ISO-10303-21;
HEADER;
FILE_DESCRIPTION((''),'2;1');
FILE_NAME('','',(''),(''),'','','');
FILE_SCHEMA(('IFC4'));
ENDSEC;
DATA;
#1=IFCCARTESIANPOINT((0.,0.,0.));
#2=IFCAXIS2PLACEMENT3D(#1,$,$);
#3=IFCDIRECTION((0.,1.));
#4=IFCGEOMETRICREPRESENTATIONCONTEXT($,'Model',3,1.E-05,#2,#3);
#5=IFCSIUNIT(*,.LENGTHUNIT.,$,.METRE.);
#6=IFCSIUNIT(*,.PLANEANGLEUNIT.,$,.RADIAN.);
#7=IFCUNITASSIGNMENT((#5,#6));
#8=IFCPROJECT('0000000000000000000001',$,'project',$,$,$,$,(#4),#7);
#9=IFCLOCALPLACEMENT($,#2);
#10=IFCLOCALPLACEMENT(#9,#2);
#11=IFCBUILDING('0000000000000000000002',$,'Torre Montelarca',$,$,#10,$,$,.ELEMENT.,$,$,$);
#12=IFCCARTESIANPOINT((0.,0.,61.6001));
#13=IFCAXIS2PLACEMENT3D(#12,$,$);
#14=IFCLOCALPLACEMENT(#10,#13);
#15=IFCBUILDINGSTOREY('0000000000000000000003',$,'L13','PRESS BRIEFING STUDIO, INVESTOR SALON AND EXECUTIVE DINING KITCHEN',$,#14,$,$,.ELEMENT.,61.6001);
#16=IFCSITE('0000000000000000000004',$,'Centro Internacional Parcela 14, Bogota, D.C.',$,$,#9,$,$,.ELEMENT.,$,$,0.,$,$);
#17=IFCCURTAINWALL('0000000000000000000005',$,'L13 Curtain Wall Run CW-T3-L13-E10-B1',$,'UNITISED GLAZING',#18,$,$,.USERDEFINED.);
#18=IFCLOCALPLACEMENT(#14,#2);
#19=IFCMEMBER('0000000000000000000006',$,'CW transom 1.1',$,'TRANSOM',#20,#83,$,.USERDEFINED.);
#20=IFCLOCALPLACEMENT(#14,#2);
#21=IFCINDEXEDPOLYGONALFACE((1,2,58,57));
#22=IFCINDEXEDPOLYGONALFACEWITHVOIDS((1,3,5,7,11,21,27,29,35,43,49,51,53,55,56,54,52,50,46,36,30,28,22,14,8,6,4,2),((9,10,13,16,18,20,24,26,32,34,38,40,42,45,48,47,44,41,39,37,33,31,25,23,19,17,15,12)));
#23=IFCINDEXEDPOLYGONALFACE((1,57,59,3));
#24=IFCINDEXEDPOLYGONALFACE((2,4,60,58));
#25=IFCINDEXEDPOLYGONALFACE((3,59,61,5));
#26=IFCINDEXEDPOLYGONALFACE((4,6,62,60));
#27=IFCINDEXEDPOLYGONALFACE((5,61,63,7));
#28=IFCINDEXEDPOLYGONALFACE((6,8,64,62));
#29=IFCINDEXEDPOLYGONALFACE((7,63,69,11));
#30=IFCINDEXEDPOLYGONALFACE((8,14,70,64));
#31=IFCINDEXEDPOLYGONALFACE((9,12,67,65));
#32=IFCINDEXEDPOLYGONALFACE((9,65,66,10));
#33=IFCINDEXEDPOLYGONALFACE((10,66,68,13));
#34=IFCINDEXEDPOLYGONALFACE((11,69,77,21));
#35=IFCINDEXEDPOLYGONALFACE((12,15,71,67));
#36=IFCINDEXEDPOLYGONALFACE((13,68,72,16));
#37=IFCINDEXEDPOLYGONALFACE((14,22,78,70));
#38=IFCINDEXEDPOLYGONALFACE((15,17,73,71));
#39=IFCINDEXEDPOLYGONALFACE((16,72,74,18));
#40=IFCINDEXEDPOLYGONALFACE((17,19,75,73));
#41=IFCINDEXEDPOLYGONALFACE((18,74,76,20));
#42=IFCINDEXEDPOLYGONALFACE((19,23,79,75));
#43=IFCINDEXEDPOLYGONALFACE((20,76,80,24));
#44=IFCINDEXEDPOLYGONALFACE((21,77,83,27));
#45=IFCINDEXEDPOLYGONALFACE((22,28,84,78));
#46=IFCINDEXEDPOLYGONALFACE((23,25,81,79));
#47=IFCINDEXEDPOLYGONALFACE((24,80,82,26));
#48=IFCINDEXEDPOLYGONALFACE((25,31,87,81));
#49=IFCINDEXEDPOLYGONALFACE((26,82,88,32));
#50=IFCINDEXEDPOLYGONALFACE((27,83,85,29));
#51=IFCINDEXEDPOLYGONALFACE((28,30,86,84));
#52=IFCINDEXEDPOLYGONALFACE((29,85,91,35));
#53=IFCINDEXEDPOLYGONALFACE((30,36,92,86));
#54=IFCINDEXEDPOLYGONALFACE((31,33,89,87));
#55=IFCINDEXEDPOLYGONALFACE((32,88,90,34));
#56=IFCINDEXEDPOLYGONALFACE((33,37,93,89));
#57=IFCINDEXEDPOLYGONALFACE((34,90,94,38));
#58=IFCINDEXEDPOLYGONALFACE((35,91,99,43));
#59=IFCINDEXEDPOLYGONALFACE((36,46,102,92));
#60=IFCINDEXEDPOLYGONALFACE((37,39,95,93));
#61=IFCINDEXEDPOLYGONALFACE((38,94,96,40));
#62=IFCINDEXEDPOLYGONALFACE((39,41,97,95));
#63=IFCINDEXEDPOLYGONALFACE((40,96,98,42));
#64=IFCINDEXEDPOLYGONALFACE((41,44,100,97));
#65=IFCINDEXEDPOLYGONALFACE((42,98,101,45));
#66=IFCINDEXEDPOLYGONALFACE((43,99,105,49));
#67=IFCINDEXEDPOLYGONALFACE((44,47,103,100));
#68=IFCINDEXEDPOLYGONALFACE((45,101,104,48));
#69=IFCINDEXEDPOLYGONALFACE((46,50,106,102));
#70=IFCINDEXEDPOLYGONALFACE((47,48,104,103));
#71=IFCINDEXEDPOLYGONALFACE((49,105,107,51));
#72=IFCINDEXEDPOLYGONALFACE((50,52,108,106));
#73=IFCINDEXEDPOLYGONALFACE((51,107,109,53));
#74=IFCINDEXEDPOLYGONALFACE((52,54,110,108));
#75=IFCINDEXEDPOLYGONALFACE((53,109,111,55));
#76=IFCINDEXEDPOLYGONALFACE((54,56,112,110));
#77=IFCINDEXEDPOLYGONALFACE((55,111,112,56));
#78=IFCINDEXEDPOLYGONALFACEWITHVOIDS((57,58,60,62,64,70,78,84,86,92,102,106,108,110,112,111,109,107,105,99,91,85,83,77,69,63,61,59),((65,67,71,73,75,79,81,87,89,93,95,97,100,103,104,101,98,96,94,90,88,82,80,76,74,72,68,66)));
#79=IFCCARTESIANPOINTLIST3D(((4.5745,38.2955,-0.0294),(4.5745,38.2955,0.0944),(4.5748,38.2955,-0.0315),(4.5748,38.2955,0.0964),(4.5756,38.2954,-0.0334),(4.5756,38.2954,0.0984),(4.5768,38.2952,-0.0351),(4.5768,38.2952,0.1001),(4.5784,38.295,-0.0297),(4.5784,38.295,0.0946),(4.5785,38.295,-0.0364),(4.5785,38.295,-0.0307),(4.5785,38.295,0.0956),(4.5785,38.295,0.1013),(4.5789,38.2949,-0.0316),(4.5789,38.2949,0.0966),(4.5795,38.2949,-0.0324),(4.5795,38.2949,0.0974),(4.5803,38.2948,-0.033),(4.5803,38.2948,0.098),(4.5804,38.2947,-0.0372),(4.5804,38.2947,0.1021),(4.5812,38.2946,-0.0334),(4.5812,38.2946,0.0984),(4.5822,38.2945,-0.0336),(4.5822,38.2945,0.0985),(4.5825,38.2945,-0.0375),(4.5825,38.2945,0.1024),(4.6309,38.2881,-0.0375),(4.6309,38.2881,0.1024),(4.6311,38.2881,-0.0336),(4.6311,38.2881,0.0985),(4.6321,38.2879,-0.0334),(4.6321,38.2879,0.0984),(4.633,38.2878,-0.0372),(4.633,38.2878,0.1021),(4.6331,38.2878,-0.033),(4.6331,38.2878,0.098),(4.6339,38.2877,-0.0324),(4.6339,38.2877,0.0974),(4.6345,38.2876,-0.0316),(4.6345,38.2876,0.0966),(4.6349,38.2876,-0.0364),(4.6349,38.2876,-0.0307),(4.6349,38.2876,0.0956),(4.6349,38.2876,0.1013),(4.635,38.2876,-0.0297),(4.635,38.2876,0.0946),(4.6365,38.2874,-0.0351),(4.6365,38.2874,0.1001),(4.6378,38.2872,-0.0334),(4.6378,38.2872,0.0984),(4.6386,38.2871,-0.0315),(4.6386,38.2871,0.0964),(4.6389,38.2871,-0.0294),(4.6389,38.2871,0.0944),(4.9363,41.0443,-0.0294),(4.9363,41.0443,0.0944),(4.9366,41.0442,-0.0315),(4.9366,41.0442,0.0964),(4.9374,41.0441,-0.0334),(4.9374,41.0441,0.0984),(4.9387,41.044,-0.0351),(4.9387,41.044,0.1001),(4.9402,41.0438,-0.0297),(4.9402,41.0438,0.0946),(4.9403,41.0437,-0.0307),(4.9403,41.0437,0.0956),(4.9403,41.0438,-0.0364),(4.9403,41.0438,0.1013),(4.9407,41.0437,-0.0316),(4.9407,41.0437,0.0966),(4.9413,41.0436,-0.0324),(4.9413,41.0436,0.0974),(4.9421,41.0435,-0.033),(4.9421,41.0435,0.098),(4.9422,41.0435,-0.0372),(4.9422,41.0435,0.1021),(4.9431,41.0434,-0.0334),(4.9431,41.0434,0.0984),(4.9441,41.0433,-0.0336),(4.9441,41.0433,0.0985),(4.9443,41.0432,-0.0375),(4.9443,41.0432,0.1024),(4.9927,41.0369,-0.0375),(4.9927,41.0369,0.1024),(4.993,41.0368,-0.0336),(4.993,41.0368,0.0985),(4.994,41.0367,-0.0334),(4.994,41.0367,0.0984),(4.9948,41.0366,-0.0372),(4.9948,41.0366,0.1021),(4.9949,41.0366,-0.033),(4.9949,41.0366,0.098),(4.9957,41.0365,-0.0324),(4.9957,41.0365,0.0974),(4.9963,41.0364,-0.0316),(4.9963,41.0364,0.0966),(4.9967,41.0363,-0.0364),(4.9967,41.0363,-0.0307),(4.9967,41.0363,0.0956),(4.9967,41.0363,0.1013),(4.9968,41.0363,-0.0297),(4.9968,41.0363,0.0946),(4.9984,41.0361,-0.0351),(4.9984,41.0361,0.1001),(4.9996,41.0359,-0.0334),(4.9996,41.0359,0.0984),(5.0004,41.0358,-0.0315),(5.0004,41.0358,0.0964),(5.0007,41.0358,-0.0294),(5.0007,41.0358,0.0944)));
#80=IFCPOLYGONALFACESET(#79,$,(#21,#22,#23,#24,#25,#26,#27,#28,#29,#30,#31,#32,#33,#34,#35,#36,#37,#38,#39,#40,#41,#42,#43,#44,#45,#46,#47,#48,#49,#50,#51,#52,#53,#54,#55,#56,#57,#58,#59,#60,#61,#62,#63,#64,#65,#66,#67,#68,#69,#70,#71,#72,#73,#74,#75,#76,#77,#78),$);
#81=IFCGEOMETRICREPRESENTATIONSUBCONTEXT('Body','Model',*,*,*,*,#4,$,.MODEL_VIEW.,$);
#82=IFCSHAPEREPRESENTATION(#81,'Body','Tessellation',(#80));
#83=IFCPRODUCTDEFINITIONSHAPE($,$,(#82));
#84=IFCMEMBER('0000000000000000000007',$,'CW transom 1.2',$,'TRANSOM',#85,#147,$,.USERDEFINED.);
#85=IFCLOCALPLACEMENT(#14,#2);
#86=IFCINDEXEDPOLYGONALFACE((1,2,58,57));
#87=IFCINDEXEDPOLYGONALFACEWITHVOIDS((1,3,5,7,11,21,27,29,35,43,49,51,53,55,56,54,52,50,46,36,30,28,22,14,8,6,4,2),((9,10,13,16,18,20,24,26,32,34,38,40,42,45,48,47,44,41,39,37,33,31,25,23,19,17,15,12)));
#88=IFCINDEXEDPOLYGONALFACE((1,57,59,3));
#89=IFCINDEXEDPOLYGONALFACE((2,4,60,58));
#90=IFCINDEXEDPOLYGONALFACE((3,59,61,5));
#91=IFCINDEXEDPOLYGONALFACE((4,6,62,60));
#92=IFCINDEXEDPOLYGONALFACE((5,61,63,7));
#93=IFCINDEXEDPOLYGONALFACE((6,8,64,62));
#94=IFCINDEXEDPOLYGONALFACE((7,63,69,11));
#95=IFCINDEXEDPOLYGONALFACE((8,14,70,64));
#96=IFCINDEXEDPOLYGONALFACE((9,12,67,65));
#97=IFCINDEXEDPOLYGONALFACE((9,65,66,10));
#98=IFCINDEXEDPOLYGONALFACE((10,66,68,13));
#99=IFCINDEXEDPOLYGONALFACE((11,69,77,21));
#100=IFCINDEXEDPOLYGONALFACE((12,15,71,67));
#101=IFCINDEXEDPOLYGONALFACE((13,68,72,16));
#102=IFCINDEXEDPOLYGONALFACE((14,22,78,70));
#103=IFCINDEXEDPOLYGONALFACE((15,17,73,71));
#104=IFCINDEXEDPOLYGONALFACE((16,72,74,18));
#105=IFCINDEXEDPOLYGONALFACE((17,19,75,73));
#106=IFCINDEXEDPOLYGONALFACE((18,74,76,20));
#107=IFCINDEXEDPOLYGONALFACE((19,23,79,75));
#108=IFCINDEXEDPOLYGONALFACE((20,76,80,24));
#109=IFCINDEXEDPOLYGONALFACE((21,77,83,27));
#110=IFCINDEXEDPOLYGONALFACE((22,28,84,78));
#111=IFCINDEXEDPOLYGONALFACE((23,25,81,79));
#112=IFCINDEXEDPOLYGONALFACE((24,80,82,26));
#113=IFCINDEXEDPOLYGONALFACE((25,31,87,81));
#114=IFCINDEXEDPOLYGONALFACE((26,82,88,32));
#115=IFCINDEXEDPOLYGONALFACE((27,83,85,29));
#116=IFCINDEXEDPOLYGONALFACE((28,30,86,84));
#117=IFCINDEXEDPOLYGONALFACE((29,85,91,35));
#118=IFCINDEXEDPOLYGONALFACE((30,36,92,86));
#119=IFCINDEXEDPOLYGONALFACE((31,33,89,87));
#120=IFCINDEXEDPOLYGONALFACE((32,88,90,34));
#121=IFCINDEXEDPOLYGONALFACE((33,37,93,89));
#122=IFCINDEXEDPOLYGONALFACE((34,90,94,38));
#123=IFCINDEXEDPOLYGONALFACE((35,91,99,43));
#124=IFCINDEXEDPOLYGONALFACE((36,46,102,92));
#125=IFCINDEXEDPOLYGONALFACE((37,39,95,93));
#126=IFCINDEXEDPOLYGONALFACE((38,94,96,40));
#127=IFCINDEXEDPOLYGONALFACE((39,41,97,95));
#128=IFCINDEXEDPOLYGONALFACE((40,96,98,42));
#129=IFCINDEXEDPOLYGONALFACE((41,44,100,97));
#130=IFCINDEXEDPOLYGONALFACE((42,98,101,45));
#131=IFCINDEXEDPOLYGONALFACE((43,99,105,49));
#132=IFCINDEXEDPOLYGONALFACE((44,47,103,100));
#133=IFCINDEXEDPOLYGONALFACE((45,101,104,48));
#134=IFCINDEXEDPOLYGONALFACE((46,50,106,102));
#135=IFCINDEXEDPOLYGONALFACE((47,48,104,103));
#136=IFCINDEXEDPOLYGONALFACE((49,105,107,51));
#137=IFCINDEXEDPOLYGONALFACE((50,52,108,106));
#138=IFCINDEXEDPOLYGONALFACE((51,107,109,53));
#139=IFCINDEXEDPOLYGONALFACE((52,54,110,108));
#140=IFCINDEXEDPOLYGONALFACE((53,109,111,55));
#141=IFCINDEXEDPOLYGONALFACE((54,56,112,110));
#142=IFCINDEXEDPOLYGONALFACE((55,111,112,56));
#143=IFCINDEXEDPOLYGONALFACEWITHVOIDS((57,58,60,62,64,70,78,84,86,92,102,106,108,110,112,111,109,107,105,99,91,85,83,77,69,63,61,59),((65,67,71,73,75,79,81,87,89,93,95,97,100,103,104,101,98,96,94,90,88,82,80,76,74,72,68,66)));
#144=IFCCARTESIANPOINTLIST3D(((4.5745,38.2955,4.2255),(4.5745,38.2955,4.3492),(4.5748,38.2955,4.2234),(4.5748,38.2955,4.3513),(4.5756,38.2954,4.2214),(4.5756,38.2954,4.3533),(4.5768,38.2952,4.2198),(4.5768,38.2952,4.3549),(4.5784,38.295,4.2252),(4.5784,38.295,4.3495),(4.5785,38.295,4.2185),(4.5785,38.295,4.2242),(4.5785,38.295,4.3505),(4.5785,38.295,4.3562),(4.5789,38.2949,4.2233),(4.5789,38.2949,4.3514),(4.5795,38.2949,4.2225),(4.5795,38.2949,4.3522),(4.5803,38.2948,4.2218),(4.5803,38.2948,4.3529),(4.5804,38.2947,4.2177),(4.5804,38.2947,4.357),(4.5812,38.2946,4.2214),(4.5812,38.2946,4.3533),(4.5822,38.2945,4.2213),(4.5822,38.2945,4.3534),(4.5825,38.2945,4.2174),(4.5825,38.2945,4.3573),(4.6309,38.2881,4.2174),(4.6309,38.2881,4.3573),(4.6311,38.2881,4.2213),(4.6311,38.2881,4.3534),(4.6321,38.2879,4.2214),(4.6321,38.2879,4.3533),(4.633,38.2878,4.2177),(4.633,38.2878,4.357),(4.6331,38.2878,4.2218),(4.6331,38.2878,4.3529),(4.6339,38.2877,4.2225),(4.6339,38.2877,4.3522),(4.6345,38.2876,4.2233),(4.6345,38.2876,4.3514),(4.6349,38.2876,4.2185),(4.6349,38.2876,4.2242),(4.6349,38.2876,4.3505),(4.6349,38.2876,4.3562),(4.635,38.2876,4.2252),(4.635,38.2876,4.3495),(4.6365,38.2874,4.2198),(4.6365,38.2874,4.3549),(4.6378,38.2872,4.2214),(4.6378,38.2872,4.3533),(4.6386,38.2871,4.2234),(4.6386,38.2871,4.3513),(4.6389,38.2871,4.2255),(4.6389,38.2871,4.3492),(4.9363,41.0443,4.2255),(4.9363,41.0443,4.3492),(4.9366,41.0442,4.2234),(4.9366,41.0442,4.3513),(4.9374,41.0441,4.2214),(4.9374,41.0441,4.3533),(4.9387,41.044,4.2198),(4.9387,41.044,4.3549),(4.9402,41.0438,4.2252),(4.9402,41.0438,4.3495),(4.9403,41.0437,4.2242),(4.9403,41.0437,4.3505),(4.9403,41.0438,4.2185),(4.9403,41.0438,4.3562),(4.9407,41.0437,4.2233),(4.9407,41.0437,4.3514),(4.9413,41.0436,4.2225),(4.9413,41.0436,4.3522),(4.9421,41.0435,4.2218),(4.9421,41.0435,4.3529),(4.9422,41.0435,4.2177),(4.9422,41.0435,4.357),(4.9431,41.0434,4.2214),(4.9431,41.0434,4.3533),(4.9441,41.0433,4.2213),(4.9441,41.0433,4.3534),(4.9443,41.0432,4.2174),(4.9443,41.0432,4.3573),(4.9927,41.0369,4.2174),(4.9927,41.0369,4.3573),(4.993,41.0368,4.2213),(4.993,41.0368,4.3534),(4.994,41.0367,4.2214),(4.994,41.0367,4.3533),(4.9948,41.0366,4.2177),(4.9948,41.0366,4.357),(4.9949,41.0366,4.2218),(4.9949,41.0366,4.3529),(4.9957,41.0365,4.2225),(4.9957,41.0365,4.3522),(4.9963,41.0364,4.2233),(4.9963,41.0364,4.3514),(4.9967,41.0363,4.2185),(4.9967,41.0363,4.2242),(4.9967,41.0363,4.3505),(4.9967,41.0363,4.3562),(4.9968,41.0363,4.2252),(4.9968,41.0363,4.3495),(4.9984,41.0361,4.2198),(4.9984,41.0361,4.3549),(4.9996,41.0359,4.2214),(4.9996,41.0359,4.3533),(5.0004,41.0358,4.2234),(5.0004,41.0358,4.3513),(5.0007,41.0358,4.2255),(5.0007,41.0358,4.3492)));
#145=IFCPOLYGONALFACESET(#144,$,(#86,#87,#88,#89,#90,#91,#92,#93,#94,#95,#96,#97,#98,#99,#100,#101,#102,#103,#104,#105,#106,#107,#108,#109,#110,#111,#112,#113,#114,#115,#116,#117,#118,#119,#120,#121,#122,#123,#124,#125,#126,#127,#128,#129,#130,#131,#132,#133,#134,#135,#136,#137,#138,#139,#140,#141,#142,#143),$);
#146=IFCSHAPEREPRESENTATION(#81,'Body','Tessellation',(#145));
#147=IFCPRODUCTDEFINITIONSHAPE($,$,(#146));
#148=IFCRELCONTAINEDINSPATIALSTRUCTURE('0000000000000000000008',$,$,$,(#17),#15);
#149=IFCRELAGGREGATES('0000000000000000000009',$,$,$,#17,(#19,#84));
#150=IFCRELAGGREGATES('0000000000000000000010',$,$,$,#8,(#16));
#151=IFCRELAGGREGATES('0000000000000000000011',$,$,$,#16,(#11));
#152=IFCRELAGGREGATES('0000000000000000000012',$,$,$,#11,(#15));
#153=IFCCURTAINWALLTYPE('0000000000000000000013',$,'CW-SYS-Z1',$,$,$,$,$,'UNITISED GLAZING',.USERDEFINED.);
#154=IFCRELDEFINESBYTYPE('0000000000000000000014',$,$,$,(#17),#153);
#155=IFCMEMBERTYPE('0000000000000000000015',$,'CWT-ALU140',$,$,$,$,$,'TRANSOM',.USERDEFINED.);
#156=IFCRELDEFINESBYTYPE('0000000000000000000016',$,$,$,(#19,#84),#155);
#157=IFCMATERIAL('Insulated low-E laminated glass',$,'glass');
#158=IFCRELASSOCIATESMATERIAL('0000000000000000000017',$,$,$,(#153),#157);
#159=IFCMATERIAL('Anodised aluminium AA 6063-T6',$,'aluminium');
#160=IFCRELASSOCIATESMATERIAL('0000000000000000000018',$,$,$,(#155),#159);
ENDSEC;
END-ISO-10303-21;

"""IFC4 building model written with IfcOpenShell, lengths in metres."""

from ifc_helpers import new_model, si_unit, direction, frame, origin, origin_2d, place, context, subcontext, project, spatial, hollow_rectangle, extrude, source, transform, mapped, material, material_profile, profile_set, type_object, element, aggregate, save


model = new_model("IFC4")

# Units and contexts
model_context = context("Model", 3, precision=1e-05, world=origin(), true_north=direction((0.0, 1.0)))
body_context = subcontext(model_context, "Body", "Model", "MODEL_VIEW")
ifc_project = project(units=[si_unit("LENGTHUNIT", "METRE"), si_unit("PLANEANGLEUNIT", "RADIAN")], contexts=[model_context])

# Site, building, storey
site_placement = place(None, origin())
site = spatial("IfcSite", under=ifc_project, at=site_placement, Name="Centro Internacional Parcela 14, Bogota, D.C.", CompositionType="ELEMENT", RefElevation=0.0)
building_placement = place(site_placement, origin())
building = spatial("IfcBuilding", under=site, at=building_placement, Name="Torre Montelarca", CompositionType="ELEMENT")
storey_placement = place(building_placement, frame((0.0, 0.0, 61.6001)))
storey = spatial("IfcBuildingStorey", under=building, at=storey_placement, Name="L13", Description="PRESS BRIEFING STUDIO, INVESTOR SALON AND EXECUTIVE DINING KITCHEN", CompositionType="ELEMENT", Elevation=61.6001)

# Curtain wall, members
ifc_material_1 = material(Name="Insulated low-E laminated glass", Category="glass")
curtain_wall_type = type_object("IfcCurtainWallType", Name="CW-SYS-Z1", ElementType="UNITISED GLAZING", PredefinedType="USERDEFINED", material=ifc_material_1)
ifc_material_2 = material(Name="Anodised aluminium AA 6063-T6", Category="aluminium")
ifc_material_profile_1 = material_profile(ifc_material_2, hollow_rectangle(XDim=0.0649, YDim=0.1399, WallThickness=0.0039, InnerFilletRadius=0.0039, OuterFilletRadius=0.0081, at=origin_2d()), Name="ALU65X140X4", Category="aluminium")
ifc_profile_set_1 = profile_set([ifc_material_profile_1], Name="Anodised aluminium AA 6063-T6")
member_type_1 = type_object("IfcMemberType", Name="CWT-ALU140", ElementType="TRANSOM", PredefinedType="USERDEFINED", material=ifc_profile_set_1)
curtain_wall_1_placement = place(storey_placement, origin())
curtain_wall_1 = element("IfcCurtainWall", 1, at=curtain_wall_1_placement, inside=storey, type_object=curtain_wall_type, Name="L13 Curtain Wall Run CW-T3-L13-E10-B1", ObjectType="UNITISED GLAZING", PredefinedType="USERDEFINED")
shared_shape_1 = source(origin(), body_context, "Body", "SweptSolid", [
    extrude(hollow_rectangle(XDim=0.0649, YDim=0.1399, WallThickness=0.0039, InnerFilletRadius=0.0039, OuterFilletRadius=0.0081, at=origin_2d()), origin(), (0.0, 0.0, 1.0), 2.7725),
])
member_1_placement = place(storey_placement, frame((4.9685, 41.04, 0.0325), z_axis=(-0.130502, -0.991448, 0.0), x_axis=(0.991448, -0.130502, 0.0)))
member_1 = element("IfcMember", 2, at=member_1_placement, type_object=member_type_1, Name="CW transom 1.1", ObjectType="TRANSOM", PredefinedType="USERDEFINED", context=body_context, shape_type="MappedRepresentation", body=[
    mapped(shared_shape_1, transform((0.0, 0.0, 0.0), scale=1.0)),
])
member_2_placement = place(storey_placement, frame((4.9685, 41.04, 4.2874), z_axis=(-0.130502, -0.991448, 0.0), x_axis=(0.991448, -0.130502, 0.0)))
member_2 = element("IfcMember", 3, at=member_2_placement, type_object=member_type_1, Name="CW transom 1.2", ObjectType="TRANSOM", PredefinedType="USERDEFINED", context=body_context, shape_type="MappedRepresentation", body=[
    mapped(shared_shape_1, transform((0.0, 0.0, 0.0), scale=1.0)),
])

aggregate(curtain_wall_1, [member_1, member_2])

save(model, "model.ifc")
